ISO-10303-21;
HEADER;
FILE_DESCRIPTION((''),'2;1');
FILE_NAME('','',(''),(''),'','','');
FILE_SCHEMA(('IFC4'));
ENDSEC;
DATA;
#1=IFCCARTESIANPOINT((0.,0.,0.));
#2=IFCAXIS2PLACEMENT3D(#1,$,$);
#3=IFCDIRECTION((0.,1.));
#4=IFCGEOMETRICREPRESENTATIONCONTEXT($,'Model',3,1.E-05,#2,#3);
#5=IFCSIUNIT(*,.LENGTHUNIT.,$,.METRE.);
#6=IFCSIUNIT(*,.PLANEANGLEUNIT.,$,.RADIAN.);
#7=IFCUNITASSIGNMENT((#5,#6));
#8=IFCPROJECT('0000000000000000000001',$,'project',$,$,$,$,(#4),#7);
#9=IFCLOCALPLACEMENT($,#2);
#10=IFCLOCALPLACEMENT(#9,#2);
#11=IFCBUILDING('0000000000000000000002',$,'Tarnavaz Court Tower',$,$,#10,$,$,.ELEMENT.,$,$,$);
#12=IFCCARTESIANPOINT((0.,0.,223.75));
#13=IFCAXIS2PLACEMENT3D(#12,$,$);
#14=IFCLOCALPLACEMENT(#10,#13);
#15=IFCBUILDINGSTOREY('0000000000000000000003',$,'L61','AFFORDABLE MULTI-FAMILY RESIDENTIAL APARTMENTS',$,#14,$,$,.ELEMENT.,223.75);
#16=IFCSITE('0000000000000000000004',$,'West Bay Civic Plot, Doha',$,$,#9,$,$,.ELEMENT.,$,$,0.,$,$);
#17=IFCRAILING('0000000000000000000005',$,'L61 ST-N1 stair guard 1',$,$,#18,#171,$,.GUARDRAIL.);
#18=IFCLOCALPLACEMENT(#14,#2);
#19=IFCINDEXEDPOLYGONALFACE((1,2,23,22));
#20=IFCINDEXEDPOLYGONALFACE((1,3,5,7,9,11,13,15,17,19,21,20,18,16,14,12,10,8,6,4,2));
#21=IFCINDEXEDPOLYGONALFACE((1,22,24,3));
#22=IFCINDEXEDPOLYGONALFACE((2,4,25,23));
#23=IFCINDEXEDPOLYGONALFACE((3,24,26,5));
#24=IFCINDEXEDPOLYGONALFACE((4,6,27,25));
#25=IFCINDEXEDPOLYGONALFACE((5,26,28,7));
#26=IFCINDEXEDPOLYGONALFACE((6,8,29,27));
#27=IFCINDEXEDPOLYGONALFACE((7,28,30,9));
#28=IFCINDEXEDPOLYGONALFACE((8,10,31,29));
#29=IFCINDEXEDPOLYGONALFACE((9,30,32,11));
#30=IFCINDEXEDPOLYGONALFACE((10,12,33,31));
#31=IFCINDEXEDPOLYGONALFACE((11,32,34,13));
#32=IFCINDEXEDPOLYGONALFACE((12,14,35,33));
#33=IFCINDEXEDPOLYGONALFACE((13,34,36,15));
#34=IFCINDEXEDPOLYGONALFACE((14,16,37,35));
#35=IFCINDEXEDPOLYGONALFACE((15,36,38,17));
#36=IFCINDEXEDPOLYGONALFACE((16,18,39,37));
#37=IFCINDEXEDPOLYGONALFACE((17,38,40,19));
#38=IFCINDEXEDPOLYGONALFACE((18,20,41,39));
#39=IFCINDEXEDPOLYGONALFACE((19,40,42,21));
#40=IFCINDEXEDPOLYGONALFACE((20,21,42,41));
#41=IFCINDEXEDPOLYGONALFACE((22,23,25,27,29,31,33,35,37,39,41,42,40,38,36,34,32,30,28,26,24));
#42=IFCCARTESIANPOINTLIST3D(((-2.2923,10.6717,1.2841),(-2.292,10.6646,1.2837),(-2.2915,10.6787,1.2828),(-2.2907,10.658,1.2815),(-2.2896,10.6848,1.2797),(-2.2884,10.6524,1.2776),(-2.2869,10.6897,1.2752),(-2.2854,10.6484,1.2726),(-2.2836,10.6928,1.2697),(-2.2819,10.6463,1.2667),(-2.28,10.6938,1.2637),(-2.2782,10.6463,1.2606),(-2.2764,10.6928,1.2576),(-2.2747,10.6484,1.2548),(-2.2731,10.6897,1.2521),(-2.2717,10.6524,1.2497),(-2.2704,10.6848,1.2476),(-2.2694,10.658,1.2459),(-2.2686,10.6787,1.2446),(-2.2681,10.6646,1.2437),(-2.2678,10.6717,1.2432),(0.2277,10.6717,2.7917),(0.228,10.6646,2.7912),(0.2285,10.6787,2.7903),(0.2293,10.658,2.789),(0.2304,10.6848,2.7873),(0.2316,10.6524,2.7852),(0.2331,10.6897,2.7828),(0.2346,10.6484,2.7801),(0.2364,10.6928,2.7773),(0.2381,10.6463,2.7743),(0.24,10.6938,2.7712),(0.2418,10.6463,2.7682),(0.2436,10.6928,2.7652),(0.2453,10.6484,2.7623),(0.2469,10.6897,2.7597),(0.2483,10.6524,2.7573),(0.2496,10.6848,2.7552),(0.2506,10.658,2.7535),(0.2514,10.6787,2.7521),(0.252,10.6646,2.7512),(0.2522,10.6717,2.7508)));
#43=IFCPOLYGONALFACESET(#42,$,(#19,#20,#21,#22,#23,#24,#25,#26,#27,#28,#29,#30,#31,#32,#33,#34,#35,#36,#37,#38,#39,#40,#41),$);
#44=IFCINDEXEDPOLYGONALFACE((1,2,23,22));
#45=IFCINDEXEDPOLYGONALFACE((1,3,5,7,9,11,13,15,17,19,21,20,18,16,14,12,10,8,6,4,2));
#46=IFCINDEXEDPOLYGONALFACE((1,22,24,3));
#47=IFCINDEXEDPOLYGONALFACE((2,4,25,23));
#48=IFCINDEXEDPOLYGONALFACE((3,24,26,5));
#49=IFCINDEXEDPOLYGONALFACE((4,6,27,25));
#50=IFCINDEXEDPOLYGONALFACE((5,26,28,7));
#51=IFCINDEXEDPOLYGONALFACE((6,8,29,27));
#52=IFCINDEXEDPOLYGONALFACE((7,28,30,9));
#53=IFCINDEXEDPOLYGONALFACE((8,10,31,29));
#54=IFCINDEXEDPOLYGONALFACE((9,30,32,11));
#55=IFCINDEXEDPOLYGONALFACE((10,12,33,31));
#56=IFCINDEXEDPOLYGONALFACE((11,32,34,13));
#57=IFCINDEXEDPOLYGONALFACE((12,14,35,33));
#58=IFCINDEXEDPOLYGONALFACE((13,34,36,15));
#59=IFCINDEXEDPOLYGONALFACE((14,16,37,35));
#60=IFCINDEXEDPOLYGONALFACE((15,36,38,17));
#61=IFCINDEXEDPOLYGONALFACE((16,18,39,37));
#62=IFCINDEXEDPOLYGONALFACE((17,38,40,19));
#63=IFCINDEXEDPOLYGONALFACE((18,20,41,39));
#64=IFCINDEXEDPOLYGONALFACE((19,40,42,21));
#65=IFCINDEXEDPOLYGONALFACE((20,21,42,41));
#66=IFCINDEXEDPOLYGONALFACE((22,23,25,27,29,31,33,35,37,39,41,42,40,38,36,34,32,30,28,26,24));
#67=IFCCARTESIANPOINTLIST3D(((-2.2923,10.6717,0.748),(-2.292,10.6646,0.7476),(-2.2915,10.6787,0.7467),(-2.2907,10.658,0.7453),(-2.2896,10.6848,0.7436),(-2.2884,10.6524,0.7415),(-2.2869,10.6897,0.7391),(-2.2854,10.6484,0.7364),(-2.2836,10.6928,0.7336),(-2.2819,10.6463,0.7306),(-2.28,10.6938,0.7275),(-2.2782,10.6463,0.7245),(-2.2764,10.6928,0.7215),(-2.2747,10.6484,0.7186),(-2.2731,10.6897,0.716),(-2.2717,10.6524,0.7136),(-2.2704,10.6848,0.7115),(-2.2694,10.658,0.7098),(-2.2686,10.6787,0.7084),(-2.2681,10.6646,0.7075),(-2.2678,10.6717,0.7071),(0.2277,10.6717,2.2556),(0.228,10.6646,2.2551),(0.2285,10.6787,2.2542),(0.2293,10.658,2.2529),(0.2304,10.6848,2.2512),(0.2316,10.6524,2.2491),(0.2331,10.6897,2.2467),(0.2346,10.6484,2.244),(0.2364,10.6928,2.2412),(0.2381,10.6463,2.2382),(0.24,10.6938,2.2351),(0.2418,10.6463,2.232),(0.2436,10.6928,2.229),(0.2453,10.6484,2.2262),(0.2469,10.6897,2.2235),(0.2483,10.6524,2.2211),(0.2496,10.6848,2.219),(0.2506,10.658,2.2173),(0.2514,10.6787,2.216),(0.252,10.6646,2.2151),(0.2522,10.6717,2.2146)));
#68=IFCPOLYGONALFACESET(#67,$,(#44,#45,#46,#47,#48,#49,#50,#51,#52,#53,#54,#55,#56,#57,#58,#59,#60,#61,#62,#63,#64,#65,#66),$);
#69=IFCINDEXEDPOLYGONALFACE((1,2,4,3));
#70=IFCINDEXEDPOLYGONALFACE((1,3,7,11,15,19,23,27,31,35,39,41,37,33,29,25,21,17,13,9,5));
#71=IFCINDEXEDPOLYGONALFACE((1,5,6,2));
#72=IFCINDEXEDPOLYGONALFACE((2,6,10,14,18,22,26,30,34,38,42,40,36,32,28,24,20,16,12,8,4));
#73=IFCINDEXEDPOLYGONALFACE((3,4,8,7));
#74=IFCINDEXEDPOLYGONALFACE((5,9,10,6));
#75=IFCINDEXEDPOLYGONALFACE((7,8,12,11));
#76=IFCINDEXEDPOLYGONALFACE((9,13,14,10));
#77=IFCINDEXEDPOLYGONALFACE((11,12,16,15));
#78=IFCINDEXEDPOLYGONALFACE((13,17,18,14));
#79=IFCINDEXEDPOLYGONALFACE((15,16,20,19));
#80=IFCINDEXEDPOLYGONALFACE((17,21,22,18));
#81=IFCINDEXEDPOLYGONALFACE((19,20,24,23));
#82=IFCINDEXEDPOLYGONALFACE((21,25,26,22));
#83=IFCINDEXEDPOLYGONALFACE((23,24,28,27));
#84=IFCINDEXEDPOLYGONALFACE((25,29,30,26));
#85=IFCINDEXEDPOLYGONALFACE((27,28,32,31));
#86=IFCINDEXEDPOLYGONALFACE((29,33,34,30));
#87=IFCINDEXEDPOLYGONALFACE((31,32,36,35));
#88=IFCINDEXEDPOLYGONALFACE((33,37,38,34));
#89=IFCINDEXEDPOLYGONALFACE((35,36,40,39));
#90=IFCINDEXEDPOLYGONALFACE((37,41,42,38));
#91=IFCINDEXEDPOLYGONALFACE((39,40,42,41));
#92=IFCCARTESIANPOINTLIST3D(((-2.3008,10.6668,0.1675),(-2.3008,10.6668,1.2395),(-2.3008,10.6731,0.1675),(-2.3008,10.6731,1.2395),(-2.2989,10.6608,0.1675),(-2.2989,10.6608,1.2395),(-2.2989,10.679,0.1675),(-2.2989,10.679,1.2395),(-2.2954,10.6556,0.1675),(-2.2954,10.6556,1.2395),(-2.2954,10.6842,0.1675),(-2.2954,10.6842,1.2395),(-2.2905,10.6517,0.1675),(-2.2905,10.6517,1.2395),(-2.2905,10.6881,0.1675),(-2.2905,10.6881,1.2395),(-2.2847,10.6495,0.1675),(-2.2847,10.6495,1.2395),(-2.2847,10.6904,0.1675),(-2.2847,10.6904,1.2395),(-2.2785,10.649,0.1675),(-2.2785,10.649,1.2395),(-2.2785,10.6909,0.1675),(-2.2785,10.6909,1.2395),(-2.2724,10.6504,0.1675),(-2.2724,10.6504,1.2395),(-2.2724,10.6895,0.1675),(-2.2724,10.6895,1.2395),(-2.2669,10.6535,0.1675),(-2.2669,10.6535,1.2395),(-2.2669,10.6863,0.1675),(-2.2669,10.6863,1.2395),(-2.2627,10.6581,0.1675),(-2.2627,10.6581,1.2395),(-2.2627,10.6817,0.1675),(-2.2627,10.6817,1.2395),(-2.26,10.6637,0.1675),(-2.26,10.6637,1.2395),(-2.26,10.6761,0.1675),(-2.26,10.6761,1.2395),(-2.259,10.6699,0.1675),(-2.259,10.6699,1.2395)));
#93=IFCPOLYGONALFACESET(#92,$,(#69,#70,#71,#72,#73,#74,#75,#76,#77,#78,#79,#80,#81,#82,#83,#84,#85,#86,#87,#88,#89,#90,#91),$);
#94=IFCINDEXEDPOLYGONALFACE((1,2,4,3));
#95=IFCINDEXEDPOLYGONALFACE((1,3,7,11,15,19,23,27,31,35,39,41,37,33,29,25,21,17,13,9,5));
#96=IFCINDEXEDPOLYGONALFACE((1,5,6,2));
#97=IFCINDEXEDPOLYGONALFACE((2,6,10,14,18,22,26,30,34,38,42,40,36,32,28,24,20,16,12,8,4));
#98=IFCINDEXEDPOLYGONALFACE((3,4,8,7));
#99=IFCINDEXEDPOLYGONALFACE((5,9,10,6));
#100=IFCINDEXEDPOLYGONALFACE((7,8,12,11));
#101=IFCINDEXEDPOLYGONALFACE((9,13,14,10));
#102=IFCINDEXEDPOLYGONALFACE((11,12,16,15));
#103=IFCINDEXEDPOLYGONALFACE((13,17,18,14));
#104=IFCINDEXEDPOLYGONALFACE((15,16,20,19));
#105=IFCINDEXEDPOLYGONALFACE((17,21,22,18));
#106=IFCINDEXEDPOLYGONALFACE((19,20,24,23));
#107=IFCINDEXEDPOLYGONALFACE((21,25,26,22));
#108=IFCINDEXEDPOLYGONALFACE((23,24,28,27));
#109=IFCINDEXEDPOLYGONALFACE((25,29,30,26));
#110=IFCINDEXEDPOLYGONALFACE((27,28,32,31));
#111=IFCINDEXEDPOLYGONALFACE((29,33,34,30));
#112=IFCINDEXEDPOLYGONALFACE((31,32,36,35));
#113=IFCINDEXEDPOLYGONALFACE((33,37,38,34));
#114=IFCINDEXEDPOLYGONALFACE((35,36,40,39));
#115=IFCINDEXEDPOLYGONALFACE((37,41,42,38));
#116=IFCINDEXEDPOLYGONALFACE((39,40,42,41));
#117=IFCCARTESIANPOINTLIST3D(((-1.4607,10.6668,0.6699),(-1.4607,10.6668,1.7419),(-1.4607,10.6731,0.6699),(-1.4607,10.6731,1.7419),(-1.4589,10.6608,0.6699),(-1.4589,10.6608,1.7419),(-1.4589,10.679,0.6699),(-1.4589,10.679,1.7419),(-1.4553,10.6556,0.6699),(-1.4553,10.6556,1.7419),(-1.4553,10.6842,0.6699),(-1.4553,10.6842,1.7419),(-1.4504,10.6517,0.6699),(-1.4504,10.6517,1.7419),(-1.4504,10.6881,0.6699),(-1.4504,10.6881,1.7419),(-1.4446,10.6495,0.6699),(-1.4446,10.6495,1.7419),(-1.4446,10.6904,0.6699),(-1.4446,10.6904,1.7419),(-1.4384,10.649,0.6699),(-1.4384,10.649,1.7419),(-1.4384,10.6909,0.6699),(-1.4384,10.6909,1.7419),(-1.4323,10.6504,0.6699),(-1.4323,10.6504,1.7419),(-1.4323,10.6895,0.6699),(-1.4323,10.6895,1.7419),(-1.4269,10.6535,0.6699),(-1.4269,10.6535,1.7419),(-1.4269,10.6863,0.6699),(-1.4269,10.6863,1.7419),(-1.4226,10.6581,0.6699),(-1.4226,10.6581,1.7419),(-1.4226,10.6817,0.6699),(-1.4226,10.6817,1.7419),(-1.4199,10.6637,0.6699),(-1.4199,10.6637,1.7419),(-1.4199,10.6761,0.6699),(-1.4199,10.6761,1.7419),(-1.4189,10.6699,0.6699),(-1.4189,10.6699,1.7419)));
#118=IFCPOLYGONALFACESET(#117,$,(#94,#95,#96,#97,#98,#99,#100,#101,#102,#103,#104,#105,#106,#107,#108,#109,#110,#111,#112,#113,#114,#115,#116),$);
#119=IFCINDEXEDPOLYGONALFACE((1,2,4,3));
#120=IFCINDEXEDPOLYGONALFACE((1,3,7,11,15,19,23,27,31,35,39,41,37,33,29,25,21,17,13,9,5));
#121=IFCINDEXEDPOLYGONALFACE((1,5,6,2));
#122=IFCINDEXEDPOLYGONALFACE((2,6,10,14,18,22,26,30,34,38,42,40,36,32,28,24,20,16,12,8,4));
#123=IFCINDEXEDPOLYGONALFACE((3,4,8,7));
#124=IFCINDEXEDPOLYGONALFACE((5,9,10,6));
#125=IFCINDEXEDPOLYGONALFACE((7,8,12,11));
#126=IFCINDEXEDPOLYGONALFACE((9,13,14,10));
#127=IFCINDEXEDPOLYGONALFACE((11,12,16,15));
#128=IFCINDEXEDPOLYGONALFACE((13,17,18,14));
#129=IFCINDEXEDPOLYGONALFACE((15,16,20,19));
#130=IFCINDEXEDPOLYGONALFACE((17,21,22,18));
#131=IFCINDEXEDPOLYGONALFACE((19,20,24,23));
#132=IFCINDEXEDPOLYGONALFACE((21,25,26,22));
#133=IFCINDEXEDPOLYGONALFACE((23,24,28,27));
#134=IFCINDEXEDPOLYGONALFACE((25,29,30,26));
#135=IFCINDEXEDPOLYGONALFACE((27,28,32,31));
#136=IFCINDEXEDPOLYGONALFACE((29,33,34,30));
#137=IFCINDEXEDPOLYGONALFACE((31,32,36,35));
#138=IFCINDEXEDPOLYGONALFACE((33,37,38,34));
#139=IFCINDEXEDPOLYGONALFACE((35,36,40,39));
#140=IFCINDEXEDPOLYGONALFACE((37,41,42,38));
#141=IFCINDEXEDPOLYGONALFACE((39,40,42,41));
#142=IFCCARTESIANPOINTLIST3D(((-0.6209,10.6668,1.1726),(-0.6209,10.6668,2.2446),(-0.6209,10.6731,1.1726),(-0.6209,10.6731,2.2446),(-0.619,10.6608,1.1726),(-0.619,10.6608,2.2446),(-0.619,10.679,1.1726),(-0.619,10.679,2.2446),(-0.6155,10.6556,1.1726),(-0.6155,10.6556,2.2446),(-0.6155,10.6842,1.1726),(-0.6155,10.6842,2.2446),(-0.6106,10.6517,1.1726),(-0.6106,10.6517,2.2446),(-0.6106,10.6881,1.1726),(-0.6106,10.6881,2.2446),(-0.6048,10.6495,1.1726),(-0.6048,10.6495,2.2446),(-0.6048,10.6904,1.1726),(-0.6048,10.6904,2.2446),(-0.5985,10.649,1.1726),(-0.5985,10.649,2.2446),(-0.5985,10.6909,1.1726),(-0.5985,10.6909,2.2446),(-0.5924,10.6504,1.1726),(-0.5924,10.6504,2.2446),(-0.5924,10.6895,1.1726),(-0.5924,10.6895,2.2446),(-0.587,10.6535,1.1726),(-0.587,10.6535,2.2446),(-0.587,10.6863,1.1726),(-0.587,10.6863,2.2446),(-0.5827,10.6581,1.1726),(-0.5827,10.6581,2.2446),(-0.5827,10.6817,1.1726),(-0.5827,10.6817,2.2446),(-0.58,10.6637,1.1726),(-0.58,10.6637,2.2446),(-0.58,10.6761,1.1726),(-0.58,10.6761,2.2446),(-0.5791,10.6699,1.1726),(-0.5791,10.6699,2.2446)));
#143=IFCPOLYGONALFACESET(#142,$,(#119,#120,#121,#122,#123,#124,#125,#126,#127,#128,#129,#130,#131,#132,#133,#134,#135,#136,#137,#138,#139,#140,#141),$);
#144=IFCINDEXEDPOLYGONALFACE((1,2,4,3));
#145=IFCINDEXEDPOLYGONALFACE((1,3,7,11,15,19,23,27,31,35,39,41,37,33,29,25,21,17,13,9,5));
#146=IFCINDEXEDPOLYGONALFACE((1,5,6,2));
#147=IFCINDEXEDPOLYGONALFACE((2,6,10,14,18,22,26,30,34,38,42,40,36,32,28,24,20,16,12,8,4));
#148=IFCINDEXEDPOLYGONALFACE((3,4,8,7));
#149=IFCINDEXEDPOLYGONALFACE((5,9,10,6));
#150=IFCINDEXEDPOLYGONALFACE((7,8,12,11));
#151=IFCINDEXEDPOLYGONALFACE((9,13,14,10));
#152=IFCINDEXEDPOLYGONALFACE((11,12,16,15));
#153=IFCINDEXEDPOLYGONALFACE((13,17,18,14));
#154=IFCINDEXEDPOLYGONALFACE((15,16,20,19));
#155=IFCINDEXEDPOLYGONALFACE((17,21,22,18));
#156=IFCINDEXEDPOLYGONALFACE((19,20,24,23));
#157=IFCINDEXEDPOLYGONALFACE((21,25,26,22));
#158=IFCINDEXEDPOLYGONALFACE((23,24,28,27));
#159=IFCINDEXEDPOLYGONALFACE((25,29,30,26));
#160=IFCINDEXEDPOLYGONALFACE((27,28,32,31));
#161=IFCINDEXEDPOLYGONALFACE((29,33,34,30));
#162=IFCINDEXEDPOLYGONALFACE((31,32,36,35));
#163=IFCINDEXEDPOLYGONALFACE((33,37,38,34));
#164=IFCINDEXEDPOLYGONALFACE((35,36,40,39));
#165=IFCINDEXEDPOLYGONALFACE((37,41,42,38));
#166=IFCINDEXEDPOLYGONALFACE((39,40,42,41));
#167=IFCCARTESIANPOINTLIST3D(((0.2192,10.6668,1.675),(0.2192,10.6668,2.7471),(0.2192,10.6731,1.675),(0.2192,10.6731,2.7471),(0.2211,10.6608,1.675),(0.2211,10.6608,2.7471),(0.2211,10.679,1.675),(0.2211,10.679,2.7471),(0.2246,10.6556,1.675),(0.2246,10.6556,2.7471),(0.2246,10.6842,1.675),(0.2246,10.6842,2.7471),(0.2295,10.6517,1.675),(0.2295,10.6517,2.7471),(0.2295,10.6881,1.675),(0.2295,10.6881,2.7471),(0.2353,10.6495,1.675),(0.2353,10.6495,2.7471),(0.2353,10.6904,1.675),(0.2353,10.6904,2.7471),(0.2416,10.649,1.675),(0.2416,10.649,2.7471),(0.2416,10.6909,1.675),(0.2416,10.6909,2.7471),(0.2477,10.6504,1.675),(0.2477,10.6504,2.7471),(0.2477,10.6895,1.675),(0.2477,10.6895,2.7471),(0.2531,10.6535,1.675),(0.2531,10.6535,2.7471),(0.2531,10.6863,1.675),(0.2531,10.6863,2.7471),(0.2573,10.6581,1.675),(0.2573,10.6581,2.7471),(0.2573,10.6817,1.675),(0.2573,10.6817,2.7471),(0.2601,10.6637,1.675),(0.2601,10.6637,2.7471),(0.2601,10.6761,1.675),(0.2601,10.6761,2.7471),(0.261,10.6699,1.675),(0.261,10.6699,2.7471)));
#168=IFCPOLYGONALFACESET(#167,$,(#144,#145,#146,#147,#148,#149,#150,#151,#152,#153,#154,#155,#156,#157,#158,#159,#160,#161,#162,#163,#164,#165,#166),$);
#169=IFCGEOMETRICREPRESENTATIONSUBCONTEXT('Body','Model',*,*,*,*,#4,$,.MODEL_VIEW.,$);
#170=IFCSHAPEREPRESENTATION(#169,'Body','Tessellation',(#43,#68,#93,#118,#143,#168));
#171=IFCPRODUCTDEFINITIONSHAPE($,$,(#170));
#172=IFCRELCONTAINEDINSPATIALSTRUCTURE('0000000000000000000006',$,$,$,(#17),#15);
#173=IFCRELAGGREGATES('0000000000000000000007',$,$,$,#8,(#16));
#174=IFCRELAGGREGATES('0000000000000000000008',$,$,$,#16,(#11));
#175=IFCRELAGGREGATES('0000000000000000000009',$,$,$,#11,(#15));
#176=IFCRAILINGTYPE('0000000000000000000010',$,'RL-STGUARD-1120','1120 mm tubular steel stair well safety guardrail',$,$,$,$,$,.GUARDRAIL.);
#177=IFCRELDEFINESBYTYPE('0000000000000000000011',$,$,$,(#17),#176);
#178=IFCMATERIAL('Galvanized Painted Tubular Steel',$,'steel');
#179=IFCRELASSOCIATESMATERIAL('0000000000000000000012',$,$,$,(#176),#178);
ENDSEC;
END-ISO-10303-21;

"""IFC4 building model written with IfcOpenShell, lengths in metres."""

from ifc_helpers import new_model, si_unit, direction, frame, origin, origin_2d, place, context, subcontext, project, spatial, circle, extrude, material, type_object, element, save


model = new_model("IFC4")

# Units and contexts
model_context = context("Model", 3, precision=1e-05, world=origin(), true_north=direction((0.0, 1.0)))
body_context = subcontext(model_context, "Body", "Model", "MODEL_VIEW")
ifc_project = project(units=[si_unit("LENGTHUNIT", "METRE"), si_unit("PLANEANGLEUNIT", "RADIAN")], contexts=[model_context])

# Site, building, storey
site_placement = place(None, origin())
site = spatial("IfcSite", under=ifc_project, at=site_placement, Name="West Bay Civic Plot, Doha", CompositionType="ELEMENT", RefElevation=0.0)
building_placement = place(site_placement, origin())
building = spatial("IfcBuilding", under=site, at=building_placement, Name="Tarnavaz Court Tower", CompositionType="ELEMENT")
storey_placement = place(building_placement, frame((0.0, 0.0, 223.75)))
storey = spatial("IfcBuildingStorey", under=building, at=storey_placement, Name="L61", Description="AFFORDABLE MULTI-FAMILY RESIDENTIAL APARTMENTS", CompositionType="ELEMENT", Elevation=223.75)

# Railing
ifc_material_1 = material(Name="Galvanized Painted Tubular Steel", Category="steel")
railing_type_1 = type_object("IfcRailingType", Name="RL-STGUARD-1120", Description="1120 mm tubular steel stair well safety guardrail", PredefinedType="GUARDRAIL", material=ifc_material_1)
railing_1_placement = place(storey_placement, frame((-2.28, 10.6699, 0.1675)))
element("IfcRailing", 1, at=railing_1_placement, inside=storey, type_object=railing_type_1, Name="L61 ST-N1 stair guard 1", PredefinedType="GUARDRAIL", context=body_context, shape_type="SweptSolid", body=[
    extrude(circle(Radius=0.0239, at=origin_2d()), frame((0.0, 0.0, 1.0962), z_axis=(0.85816, 0.0, 0.513383), x_axis=(0.0, 1.0, 0.0)), (0.0, 0.0, 1.0), 2.9365),
    extrude(circle(Radius=0.0239, at=origin_2d()), frame((0.0, 0.0, 0.5601), z_axis=(0.85816, 0.0, 0.513383), x_axis=(0.0, 1.0, 0.0)), (0.0, 0.0, 1.0), 2.9365),
    extrude(circle(Radius=0.021, at=origin_2d()), origin(), (0.0, 0.0, 1.0), 1.072),
    extrude(circle(Radius=0.021, at=origin_2d()), frame((0.8401, 0.0, 0.5024)), (0.0, 0.0, 1.0), 1.072),
    extrude(circle(Radius=0.021, at=origin_2d()), frame((1.6799, 0.0, 1.0051)), (0.0, 0.0, 1.0), 1.072),
    extrude(circle(Radius=0.021, at=origin_2d()), frame((2.52, 0.0, 1.5076)), (0.0, 0.0, 1.0), 1.072),
])

save(model, "model.ifc")
